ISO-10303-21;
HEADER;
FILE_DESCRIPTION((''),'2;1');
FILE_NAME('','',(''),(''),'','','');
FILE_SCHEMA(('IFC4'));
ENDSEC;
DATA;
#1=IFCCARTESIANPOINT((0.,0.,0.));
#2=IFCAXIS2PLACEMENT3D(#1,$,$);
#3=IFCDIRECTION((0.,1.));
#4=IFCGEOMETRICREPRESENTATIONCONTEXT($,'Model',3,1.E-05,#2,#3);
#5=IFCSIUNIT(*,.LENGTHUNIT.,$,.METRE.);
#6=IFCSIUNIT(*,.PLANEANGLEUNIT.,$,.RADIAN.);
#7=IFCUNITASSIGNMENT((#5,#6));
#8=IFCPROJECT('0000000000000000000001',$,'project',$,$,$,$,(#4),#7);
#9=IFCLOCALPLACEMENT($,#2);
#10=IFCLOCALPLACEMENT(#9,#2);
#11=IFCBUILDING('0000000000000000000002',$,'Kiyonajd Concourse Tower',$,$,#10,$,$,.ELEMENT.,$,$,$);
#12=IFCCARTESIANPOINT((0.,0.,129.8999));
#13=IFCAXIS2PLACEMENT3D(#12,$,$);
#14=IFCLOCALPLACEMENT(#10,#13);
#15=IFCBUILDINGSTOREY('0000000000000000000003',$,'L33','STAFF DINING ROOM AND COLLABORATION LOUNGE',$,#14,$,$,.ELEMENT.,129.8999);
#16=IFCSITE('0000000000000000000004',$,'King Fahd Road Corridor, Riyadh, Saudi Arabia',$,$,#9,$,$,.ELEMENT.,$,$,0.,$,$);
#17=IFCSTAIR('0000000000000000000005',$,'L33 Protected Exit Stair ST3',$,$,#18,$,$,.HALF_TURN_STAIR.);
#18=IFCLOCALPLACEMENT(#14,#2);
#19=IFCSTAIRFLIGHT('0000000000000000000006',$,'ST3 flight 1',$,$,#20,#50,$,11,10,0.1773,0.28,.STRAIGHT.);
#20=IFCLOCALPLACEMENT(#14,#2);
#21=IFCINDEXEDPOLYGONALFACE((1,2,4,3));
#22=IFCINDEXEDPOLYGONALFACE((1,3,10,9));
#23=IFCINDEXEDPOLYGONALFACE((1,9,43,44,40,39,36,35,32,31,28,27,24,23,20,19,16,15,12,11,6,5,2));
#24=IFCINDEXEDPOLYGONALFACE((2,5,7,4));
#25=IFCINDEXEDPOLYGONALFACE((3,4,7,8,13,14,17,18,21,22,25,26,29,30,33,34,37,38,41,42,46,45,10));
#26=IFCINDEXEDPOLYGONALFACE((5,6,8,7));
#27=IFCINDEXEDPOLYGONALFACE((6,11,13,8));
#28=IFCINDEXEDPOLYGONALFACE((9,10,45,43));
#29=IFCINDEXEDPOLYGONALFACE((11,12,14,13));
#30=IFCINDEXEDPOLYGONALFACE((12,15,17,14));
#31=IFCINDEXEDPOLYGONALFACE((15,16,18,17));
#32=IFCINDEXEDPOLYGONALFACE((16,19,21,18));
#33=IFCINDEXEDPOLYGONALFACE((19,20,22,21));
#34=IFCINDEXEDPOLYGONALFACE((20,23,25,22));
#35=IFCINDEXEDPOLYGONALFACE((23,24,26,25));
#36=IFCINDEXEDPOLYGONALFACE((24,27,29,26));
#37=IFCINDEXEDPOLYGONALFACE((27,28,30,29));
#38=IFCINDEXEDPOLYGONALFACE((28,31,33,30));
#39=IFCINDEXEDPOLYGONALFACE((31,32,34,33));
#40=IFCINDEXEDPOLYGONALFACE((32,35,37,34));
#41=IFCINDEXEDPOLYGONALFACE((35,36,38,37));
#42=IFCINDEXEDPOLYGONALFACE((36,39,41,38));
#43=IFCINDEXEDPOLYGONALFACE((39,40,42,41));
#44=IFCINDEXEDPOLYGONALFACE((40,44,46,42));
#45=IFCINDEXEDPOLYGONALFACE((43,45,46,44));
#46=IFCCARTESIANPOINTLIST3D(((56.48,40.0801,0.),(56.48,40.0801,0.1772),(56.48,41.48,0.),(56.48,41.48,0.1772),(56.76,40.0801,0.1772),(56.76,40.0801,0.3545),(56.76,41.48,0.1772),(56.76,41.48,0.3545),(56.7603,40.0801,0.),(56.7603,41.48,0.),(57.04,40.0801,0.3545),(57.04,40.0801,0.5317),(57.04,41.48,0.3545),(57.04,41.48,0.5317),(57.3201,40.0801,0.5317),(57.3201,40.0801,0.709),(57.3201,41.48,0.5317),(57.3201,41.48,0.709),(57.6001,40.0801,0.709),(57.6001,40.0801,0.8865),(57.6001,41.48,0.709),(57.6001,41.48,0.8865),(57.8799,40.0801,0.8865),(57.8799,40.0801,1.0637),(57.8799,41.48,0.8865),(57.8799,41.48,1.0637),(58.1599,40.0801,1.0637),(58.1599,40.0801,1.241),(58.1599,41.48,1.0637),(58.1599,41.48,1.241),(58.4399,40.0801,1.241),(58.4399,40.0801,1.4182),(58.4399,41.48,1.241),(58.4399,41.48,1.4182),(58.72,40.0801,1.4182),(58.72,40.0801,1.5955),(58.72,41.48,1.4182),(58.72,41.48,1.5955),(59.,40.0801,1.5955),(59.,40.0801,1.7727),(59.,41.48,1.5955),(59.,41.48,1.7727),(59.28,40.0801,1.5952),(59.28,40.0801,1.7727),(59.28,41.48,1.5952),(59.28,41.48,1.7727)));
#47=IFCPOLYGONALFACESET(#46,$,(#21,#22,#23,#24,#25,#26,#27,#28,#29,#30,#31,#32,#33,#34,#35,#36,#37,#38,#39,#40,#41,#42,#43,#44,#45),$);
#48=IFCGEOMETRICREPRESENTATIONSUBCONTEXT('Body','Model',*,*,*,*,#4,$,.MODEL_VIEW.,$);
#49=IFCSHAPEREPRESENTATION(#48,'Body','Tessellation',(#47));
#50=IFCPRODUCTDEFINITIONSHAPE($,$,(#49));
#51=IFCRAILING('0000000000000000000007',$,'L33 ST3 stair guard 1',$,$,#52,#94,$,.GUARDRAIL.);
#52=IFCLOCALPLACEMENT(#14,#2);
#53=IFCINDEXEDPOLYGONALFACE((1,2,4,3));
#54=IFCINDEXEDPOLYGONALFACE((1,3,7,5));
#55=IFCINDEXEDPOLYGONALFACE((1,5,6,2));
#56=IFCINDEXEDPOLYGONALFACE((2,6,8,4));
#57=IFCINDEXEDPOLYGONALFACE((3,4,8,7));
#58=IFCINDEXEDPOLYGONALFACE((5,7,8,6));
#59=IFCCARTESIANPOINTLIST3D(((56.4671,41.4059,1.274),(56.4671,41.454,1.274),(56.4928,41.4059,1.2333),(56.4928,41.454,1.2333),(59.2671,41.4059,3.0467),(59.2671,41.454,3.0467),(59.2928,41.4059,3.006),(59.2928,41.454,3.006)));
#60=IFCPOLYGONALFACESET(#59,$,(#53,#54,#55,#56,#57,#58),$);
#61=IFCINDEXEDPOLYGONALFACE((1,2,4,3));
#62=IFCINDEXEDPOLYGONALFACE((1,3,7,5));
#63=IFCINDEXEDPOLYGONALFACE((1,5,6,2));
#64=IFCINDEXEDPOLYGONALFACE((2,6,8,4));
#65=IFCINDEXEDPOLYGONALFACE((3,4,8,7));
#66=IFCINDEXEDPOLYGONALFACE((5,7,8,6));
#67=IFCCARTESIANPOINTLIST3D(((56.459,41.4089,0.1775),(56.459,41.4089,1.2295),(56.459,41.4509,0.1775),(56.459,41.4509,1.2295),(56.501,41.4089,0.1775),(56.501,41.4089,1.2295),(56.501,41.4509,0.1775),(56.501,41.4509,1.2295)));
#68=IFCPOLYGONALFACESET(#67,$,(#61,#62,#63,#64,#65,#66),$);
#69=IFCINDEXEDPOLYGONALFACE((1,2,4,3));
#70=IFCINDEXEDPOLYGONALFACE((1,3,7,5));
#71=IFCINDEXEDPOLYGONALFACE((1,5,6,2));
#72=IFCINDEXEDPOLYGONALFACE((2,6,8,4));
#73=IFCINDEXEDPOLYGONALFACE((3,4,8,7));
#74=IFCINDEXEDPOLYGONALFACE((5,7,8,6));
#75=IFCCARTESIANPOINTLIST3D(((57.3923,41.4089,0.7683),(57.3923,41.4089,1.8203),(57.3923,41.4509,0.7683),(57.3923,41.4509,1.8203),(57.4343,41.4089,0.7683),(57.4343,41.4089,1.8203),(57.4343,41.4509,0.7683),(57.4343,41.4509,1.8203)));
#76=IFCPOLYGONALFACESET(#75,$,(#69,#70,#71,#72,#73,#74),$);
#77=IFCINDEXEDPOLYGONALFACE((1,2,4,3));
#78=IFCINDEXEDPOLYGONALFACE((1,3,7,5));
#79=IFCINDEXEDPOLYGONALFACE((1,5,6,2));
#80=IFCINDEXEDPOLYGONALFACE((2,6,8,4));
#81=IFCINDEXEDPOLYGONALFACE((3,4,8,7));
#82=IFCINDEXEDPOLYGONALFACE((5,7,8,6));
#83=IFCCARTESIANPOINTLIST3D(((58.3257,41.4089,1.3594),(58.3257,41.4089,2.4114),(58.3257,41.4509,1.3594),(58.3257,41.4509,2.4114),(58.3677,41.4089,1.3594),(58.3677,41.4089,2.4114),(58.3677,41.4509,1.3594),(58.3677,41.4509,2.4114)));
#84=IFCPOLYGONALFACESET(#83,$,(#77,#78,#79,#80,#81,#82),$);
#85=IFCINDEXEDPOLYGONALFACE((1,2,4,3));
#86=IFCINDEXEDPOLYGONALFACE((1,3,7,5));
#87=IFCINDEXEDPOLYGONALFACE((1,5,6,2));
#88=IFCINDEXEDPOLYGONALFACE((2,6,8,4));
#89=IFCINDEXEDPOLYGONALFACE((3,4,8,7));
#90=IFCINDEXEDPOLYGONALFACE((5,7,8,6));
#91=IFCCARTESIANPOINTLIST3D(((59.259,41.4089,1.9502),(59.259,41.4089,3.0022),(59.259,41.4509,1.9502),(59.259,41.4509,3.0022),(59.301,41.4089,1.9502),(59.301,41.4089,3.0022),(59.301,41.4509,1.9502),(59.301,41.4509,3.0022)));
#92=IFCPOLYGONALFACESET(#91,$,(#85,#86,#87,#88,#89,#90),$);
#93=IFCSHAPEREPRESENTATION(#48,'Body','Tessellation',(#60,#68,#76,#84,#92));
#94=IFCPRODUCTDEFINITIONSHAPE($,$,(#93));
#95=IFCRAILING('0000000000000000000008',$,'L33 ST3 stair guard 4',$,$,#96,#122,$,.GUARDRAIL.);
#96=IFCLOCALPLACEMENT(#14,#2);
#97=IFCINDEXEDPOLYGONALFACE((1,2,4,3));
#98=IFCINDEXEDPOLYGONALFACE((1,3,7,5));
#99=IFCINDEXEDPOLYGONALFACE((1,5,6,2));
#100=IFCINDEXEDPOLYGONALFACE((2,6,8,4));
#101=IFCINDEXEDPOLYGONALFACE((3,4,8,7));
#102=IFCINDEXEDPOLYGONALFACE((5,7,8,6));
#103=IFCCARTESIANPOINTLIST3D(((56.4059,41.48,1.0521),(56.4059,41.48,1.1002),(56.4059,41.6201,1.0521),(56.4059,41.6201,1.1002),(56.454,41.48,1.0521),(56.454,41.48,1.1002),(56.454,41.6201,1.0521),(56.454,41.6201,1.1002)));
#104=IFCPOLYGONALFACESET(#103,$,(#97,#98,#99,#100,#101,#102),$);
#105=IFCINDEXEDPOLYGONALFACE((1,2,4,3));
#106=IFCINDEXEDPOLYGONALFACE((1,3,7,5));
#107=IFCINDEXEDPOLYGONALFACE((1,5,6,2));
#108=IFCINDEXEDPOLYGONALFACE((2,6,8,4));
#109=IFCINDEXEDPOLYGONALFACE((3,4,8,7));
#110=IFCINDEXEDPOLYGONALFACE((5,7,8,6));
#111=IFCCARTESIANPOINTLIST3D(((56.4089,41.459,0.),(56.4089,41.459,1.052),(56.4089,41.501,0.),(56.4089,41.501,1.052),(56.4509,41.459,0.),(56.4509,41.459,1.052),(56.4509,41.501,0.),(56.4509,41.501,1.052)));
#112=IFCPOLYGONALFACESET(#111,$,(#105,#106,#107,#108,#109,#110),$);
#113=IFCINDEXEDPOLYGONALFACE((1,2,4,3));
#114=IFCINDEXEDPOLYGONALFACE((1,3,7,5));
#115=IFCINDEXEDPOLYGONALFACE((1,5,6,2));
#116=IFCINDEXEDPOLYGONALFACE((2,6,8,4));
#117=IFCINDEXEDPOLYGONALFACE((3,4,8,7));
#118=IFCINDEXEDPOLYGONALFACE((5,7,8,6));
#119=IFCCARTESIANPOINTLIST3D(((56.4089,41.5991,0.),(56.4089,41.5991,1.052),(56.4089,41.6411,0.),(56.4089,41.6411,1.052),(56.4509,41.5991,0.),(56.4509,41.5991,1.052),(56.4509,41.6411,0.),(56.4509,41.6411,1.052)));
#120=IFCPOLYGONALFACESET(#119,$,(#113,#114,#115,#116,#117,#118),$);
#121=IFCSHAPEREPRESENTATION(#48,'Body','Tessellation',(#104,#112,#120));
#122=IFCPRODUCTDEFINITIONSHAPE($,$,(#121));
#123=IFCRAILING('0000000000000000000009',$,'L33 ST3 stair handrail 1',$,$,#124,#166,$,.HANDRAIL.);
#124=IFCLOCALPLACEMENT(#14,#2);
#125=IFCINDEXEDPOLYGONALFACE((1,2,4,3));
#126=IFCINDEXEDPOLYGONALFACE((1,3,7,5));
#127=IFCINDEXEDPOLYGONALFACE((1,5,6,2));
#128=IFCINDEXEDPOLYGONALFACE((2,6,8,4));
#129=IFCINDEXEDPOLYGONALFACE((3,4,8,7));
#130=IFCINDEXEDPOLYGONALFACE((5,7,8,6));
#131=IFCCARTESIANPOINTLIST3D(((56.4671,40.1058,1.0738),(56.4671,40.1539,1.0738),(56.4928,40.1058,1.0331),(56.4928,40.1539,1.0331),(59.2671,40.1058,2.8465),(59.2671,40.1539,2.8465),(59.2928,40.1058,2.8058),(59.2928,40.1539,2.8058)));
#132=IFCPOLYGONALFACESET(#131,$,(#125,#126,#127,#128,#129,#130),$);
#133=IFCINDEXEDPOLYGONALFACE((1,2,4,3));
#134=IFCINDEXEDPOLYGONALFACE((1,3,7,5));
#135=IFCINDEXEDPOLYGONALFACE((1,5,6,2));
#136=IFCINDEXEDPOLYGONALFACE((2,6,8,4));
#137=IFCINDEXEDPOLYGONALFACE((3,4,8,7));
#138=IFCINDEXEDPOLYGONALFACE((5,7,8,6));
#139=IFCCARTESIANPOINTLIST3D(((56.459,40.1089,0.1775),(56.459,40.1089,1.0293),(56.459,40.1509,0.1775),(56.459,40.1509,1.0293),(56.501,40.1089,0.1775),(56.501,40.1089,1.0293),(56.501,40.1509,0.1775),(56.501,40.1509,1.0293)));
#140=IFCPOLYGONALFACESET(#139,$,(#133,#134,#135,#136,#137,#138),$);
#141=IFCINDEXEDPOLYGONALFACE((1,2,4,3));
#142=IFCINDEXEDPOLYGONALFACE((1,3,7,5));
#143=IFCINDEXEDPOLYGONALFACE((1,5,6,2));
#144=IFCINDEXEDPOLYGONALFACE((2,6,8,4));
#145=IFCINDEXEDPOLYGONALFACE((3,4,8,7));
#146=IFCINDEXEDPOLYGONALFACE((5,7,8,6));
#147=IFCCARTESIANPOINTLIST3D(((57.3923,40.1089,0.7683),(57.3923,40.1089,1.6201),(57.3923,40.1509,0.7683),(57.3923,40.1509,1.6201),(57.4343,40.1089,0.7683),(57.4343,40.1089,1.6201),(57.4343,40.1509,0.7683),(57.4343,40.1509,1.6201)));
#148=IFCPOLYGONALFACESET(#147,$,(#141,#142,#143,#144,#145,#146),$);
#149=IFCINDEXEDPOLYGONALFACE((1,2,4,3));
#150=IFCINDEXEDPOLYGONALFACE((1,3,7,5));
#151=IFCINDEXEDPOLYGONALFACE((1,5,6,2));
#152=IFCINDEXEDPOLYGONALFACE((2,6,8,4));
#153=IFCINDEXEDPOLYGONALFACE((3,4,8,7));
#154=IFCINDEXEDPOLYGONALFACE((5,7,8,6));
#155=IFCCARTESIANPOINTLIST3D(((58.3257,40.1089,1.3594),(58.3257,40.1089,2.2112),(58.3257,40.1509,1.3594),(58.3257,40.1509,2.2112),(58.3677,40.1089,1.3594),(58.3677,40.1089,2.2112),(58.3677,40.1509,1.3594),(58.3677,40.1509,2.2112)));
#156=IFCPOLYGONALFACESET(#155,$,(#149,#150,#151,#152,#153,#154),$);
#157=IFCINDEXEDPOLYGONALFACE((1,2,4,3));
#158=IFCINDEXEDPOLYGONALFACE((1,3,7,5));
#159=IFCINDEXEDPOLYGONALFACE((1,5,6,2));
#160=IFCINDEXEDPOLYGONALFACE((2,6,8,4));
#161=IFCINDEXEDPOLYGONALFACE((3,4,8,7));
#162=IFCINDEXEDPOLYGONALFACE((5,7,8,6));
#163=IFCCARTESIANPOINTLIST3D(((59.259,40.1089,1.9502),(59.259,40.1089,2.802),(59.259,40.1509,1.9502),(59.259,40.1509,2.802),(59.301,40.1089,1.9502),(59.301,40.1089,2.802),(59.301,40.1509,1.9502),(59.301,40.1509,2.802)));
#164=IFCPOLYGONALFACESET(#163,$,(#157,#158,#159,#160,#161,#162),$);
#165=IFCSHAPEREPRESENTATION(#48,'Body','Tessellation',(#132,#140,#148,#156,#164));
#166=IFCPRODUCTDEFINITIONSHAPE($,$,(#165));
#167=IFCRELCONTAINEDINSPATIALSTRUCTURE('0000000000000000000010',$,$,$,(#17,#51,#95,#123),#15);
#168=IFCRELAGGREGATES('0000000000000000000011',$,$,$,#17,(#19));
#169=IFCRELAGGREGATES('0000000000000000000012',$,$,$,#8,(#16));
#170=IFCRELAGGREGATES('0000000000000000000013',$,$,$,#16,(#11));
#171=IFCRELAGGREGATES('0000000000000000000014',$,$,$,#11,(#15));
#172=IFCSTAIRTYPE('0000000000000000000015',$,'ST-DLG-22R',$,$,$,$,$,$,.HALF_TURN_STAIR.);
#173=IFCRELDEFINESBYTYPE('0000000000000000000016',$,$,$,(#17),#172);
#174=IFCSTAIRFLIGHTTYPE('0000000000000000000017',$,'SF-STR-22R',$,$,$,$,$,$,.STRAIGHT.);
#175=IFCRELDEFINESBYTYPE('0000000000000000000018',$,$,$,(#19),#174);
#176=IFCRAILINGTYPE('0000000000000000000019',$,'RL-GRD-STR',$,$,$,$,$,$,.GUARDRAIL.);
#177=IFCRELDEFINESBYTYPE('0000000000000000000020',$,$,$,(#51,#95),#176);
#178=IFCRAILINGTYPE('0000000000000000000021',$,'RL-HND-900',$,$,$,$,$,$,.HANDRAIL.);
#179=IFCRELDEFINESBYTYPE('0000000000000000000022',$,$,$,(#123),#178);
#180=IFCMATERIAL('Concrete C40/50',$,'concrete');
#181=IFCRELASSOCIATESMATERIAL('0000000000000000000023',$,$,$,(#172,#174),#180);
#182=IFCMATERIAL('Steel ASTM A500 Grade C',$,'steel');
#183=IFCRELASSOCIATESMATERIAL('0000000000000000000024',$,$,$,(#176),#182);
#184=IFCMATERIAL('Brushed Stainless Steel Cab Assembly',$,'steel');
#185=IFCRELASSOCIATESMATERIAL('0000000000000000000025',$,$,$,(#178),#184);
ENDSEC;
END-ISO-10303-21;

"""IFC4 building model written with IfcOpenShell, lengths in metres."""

from ifc_helpers import new_model, si_unit, direction, frame, origin, origin_2d, place, context, subcontext, project, spatial, polyline, rectangle, outline, extrude, material, type_object, element, aggregate, save


model = new_model("IFC4")

# Units and contexts
model_context = context("Model", 3, precision=1e-05, world=origin(), true_north=direction((0.0, 1.0)))
body_context = subcontext(model_context, "Body", "Model", "MODEL_VIEW")
ifc_project = project(units=[si_unit("LENGTHUNIT", "METRE"), si_unit("PLANEANGLEUNIT", "RADIAN")], contexts=[model_context])

# Site, building, storey
site_placement = place(None, origin())
site = spatial("IfcSite", under=ifc_project, at=site_placement, Name="King Fahd Road Corridor, Riyadh, Saudi Arabia", CompositionType="ELEMENT", RefElevation=0.0)
building_placement = place(site_placement, origin())
building = spatial("IfcBuilding", under=site, at=building_placement, Name="Kiyonajd Concourse Tower", CompositionType="ELEMENT")
storey_placement = place(building_placement, frame((0.0, 0.0, 129.8999)))
storey = spatial("IfcBuildingStorey", under=building, at=storey_placement, Name="L33", Description="STAFF DINING ROOM AND COLLABORATION LOUNGE", CompositionType="ELEMENT", Elevation=129.8999)

# Shared definitions
ifc_material_1 = material(Name="Brushed Stainless Steel Cab Assembly", Category="steel")

# Stair, stair flight
ifc_material_2 = material(Name="Concrete C40/50", Category="concrete")
stair_type = type_object("IfcStairType", Name="ST-DLG-22R", PredefinedType="HALF_TURN_STAIR", material=ifc_material_2)
stair_placement = place(storey_placement, origin())
stair = element("IfcStair", 1, at=stair_placement, inside=storey, type_object=stair_type, Name="L33 Protected Exit Stair ST3", PredefinedType="HALF_TURN_STAIR")
stair_flight_type = type_object("IfcStairFlightType", Name="SF-STR-22R", PredefinedType="STRAIGHT", material=ifc_material_2)
stair_flight_placement = place(storey_placement, frame((56.48, 40.78, 0.0), z_axis=(0.0, 0.0, 1.0), x_axis=(1.0, 0.0, 0.0)))
stair_flight = element("IfcStairFlight", 2, at=stair_flight_placement, type_object=stair_flight_type, Name="ST3 flight 1", NumberOfRisers=11, NumberOfTreads=10, PredefinedType="STRAIGHT", RiserHeight=0.1773, TreadLength=0.28, context=body_context, shape_type="SweptSolid", body=[
    extrude(outline(polyline([(0.0, 0.0), (0.0, 0.1772), (0.28, 0.1772), (0.28, 0.3545), (0.5601, 0.3545), (0.5601, 0.5317), (0.8401, 0.5317), (0.8401, 0.709), (1.1201, 0.709), (1.1201, 0.8865), (1.3999, 0.8865), (1.3999, 1.0637), (1.6799, 1.0637), (1.6799, 1.241), (1.96, 1.241), (1.96, 1.4182), (2.24, 1.4182), (2.24, 1.5955), (2.52, 1.5955), (2.52, 1.7727), (2.8, 1.7727), (2.8, 1.95), (2.8, 1.5952), (0.2803, 0.0), (0.0, 0.0)])), frame((0.0, 0.7, 0.0), z_axis=(0.0, -1.0, 0.0), x_axis=(1.0, 0.0, 0.0)), (0.0, 0.0, 1.0), 1.3999),
])
aggregate(stair, [stair_flight])

# Railings
ifc_material_3 = material(Name="Steel ASTM A500 Grade C", Category="steel")
railing_type_1 = type_object("IfcRailingType", Name="RL-GRD-STR", PredefinedType="GUARDRAIL", material=ifc_material_3)
railing_1_placement = place(storey_placement, frame((56.48, 41.4299, 0.1775)))
element("IfcRailing", 3, at=railing_1_placement, inside=storey, type_object=railing_type_1, Name="L33 ST3 stair guard 1", PredefinedType="GUARDRAIL", context=body_context, shape_type="SweptSolid", body=[
    extrude(rectangle(XDim=0.0481, YDim=0.0481, at=origin_2d()), frame((0.0, 0.0, 1.0762), z_axis=(0.844909, 0.0, 0.53491), x_axis=(0.0, 1.0, 0.0)), (0.0, 0.0, 1.0), 3.314),
    extrude(rectangle(XDim=0.042, YDim=0.042, at=origin_2d()), origin(), (0.0, 0.0, 1.0), 1.052),
    extrude(rectangle(XDim=0.042, YDim=0.042, at=origin_2d()), frame((0.9333, 0.0, 0.5908)), (0.0, 0.0, 1.0), 1.052),
    extrude(rectangle(XDim=0.042, YDim=0.042, at=origin_2d()), frame((1.8667, 0.0, 1.1819)), (0.0, 0.0, 1.0), 1.052),
    extrude(rectangle(XDim=0.042, YDim=0.042, at=origin_2d()), frame((2.8, 0.0, 1.7727)), (0.0, 0.0, 1.0), 1.052),
])
railing_2_placement = place(storey_placement, frame((56.4299, 41.48, 0.0)))
element("IfcRailing", 4, at=railing_2_placement, inside=storey, type_object=railing_type_1, Name="L33 ST3 stair guard 4", PredefinedType="GUARDRAIL", context=body_context, shape_type="SweptSolid", body=[
    extrude(rectangle(XDim=0.0481, YDim=0.0481, at=origin_2d()), frame((0.0, 0.0, 1.0762), z_axis=(0.0, 1.0, 0.0), x_axis=(-1.0, 0.0, 0.0)), (0.0, 0.0, 1.0), 0.1401),
    extrude(rectangle(XDim=0.042, YDim=0.042, at=origin_2d()), origin(), (0.0, 0.0, 1.0), 1.052),
    extrude(rectangle(XDim=0.042, YDim=0.042, at=origin_2d()), frame((0.0, 0.1401, 0.0)), (0.0, 0.0, 1.0), 1.052),
])
railing_type_2 = type_object("IfcRailingType", Name="RL-HND-900", PredefinedType="HANDRAIL", material=ifc_material_1)
railing_3_placement = place(storey_placement, frame((56.48, 40.1299, 0.1775)))
element("IfcRailing", 5, at=railing_3_placement, inside=storey, type_object=railing_type_2, Name="L33 ST3 stair handrail 1", PredefinedType="HANDRAIL", context=body_context, shape_type="SweptSolid", body=[
    extrude(rectangle(XDim=0.0481, YDim=0.0481, at=origin_2d()), frame((0.0, 0.0, 0.876), z_axis=(0.844909, 0.0, 0.53491), x_axis=(0.0, 1.0, 0.0)), (0.0, 0.0, 1.0), 3.314),
    extrude(rectangle(XDim=0.042, YDim=0.042, at=origin_2d()), origin(), (0.0, 0.0, 1.0), 0.8518),
    extrude(rectangle(XDim=0.042, YDim=0.042, at=origin_2d()), frame((0.9333, 0.0, 0.5908)), (0.0, 0.0, 1.0), 0.8518),
    extrude(rectangle(XDim=0.042, YDim=0.042, at=origin_2d()), frame((1.8667, 0.0, 1.1819)), (0.0, 0.0, 1.0), 0.8518),
    extrude(rectangle(XDim=0.042, YDim=0.042, at=origin_2d()), frame((2.8, 0.0, 1.7727)), (0.0, 0.0, 1.0), 0.8518),
])

save(model, "model.ifc")
